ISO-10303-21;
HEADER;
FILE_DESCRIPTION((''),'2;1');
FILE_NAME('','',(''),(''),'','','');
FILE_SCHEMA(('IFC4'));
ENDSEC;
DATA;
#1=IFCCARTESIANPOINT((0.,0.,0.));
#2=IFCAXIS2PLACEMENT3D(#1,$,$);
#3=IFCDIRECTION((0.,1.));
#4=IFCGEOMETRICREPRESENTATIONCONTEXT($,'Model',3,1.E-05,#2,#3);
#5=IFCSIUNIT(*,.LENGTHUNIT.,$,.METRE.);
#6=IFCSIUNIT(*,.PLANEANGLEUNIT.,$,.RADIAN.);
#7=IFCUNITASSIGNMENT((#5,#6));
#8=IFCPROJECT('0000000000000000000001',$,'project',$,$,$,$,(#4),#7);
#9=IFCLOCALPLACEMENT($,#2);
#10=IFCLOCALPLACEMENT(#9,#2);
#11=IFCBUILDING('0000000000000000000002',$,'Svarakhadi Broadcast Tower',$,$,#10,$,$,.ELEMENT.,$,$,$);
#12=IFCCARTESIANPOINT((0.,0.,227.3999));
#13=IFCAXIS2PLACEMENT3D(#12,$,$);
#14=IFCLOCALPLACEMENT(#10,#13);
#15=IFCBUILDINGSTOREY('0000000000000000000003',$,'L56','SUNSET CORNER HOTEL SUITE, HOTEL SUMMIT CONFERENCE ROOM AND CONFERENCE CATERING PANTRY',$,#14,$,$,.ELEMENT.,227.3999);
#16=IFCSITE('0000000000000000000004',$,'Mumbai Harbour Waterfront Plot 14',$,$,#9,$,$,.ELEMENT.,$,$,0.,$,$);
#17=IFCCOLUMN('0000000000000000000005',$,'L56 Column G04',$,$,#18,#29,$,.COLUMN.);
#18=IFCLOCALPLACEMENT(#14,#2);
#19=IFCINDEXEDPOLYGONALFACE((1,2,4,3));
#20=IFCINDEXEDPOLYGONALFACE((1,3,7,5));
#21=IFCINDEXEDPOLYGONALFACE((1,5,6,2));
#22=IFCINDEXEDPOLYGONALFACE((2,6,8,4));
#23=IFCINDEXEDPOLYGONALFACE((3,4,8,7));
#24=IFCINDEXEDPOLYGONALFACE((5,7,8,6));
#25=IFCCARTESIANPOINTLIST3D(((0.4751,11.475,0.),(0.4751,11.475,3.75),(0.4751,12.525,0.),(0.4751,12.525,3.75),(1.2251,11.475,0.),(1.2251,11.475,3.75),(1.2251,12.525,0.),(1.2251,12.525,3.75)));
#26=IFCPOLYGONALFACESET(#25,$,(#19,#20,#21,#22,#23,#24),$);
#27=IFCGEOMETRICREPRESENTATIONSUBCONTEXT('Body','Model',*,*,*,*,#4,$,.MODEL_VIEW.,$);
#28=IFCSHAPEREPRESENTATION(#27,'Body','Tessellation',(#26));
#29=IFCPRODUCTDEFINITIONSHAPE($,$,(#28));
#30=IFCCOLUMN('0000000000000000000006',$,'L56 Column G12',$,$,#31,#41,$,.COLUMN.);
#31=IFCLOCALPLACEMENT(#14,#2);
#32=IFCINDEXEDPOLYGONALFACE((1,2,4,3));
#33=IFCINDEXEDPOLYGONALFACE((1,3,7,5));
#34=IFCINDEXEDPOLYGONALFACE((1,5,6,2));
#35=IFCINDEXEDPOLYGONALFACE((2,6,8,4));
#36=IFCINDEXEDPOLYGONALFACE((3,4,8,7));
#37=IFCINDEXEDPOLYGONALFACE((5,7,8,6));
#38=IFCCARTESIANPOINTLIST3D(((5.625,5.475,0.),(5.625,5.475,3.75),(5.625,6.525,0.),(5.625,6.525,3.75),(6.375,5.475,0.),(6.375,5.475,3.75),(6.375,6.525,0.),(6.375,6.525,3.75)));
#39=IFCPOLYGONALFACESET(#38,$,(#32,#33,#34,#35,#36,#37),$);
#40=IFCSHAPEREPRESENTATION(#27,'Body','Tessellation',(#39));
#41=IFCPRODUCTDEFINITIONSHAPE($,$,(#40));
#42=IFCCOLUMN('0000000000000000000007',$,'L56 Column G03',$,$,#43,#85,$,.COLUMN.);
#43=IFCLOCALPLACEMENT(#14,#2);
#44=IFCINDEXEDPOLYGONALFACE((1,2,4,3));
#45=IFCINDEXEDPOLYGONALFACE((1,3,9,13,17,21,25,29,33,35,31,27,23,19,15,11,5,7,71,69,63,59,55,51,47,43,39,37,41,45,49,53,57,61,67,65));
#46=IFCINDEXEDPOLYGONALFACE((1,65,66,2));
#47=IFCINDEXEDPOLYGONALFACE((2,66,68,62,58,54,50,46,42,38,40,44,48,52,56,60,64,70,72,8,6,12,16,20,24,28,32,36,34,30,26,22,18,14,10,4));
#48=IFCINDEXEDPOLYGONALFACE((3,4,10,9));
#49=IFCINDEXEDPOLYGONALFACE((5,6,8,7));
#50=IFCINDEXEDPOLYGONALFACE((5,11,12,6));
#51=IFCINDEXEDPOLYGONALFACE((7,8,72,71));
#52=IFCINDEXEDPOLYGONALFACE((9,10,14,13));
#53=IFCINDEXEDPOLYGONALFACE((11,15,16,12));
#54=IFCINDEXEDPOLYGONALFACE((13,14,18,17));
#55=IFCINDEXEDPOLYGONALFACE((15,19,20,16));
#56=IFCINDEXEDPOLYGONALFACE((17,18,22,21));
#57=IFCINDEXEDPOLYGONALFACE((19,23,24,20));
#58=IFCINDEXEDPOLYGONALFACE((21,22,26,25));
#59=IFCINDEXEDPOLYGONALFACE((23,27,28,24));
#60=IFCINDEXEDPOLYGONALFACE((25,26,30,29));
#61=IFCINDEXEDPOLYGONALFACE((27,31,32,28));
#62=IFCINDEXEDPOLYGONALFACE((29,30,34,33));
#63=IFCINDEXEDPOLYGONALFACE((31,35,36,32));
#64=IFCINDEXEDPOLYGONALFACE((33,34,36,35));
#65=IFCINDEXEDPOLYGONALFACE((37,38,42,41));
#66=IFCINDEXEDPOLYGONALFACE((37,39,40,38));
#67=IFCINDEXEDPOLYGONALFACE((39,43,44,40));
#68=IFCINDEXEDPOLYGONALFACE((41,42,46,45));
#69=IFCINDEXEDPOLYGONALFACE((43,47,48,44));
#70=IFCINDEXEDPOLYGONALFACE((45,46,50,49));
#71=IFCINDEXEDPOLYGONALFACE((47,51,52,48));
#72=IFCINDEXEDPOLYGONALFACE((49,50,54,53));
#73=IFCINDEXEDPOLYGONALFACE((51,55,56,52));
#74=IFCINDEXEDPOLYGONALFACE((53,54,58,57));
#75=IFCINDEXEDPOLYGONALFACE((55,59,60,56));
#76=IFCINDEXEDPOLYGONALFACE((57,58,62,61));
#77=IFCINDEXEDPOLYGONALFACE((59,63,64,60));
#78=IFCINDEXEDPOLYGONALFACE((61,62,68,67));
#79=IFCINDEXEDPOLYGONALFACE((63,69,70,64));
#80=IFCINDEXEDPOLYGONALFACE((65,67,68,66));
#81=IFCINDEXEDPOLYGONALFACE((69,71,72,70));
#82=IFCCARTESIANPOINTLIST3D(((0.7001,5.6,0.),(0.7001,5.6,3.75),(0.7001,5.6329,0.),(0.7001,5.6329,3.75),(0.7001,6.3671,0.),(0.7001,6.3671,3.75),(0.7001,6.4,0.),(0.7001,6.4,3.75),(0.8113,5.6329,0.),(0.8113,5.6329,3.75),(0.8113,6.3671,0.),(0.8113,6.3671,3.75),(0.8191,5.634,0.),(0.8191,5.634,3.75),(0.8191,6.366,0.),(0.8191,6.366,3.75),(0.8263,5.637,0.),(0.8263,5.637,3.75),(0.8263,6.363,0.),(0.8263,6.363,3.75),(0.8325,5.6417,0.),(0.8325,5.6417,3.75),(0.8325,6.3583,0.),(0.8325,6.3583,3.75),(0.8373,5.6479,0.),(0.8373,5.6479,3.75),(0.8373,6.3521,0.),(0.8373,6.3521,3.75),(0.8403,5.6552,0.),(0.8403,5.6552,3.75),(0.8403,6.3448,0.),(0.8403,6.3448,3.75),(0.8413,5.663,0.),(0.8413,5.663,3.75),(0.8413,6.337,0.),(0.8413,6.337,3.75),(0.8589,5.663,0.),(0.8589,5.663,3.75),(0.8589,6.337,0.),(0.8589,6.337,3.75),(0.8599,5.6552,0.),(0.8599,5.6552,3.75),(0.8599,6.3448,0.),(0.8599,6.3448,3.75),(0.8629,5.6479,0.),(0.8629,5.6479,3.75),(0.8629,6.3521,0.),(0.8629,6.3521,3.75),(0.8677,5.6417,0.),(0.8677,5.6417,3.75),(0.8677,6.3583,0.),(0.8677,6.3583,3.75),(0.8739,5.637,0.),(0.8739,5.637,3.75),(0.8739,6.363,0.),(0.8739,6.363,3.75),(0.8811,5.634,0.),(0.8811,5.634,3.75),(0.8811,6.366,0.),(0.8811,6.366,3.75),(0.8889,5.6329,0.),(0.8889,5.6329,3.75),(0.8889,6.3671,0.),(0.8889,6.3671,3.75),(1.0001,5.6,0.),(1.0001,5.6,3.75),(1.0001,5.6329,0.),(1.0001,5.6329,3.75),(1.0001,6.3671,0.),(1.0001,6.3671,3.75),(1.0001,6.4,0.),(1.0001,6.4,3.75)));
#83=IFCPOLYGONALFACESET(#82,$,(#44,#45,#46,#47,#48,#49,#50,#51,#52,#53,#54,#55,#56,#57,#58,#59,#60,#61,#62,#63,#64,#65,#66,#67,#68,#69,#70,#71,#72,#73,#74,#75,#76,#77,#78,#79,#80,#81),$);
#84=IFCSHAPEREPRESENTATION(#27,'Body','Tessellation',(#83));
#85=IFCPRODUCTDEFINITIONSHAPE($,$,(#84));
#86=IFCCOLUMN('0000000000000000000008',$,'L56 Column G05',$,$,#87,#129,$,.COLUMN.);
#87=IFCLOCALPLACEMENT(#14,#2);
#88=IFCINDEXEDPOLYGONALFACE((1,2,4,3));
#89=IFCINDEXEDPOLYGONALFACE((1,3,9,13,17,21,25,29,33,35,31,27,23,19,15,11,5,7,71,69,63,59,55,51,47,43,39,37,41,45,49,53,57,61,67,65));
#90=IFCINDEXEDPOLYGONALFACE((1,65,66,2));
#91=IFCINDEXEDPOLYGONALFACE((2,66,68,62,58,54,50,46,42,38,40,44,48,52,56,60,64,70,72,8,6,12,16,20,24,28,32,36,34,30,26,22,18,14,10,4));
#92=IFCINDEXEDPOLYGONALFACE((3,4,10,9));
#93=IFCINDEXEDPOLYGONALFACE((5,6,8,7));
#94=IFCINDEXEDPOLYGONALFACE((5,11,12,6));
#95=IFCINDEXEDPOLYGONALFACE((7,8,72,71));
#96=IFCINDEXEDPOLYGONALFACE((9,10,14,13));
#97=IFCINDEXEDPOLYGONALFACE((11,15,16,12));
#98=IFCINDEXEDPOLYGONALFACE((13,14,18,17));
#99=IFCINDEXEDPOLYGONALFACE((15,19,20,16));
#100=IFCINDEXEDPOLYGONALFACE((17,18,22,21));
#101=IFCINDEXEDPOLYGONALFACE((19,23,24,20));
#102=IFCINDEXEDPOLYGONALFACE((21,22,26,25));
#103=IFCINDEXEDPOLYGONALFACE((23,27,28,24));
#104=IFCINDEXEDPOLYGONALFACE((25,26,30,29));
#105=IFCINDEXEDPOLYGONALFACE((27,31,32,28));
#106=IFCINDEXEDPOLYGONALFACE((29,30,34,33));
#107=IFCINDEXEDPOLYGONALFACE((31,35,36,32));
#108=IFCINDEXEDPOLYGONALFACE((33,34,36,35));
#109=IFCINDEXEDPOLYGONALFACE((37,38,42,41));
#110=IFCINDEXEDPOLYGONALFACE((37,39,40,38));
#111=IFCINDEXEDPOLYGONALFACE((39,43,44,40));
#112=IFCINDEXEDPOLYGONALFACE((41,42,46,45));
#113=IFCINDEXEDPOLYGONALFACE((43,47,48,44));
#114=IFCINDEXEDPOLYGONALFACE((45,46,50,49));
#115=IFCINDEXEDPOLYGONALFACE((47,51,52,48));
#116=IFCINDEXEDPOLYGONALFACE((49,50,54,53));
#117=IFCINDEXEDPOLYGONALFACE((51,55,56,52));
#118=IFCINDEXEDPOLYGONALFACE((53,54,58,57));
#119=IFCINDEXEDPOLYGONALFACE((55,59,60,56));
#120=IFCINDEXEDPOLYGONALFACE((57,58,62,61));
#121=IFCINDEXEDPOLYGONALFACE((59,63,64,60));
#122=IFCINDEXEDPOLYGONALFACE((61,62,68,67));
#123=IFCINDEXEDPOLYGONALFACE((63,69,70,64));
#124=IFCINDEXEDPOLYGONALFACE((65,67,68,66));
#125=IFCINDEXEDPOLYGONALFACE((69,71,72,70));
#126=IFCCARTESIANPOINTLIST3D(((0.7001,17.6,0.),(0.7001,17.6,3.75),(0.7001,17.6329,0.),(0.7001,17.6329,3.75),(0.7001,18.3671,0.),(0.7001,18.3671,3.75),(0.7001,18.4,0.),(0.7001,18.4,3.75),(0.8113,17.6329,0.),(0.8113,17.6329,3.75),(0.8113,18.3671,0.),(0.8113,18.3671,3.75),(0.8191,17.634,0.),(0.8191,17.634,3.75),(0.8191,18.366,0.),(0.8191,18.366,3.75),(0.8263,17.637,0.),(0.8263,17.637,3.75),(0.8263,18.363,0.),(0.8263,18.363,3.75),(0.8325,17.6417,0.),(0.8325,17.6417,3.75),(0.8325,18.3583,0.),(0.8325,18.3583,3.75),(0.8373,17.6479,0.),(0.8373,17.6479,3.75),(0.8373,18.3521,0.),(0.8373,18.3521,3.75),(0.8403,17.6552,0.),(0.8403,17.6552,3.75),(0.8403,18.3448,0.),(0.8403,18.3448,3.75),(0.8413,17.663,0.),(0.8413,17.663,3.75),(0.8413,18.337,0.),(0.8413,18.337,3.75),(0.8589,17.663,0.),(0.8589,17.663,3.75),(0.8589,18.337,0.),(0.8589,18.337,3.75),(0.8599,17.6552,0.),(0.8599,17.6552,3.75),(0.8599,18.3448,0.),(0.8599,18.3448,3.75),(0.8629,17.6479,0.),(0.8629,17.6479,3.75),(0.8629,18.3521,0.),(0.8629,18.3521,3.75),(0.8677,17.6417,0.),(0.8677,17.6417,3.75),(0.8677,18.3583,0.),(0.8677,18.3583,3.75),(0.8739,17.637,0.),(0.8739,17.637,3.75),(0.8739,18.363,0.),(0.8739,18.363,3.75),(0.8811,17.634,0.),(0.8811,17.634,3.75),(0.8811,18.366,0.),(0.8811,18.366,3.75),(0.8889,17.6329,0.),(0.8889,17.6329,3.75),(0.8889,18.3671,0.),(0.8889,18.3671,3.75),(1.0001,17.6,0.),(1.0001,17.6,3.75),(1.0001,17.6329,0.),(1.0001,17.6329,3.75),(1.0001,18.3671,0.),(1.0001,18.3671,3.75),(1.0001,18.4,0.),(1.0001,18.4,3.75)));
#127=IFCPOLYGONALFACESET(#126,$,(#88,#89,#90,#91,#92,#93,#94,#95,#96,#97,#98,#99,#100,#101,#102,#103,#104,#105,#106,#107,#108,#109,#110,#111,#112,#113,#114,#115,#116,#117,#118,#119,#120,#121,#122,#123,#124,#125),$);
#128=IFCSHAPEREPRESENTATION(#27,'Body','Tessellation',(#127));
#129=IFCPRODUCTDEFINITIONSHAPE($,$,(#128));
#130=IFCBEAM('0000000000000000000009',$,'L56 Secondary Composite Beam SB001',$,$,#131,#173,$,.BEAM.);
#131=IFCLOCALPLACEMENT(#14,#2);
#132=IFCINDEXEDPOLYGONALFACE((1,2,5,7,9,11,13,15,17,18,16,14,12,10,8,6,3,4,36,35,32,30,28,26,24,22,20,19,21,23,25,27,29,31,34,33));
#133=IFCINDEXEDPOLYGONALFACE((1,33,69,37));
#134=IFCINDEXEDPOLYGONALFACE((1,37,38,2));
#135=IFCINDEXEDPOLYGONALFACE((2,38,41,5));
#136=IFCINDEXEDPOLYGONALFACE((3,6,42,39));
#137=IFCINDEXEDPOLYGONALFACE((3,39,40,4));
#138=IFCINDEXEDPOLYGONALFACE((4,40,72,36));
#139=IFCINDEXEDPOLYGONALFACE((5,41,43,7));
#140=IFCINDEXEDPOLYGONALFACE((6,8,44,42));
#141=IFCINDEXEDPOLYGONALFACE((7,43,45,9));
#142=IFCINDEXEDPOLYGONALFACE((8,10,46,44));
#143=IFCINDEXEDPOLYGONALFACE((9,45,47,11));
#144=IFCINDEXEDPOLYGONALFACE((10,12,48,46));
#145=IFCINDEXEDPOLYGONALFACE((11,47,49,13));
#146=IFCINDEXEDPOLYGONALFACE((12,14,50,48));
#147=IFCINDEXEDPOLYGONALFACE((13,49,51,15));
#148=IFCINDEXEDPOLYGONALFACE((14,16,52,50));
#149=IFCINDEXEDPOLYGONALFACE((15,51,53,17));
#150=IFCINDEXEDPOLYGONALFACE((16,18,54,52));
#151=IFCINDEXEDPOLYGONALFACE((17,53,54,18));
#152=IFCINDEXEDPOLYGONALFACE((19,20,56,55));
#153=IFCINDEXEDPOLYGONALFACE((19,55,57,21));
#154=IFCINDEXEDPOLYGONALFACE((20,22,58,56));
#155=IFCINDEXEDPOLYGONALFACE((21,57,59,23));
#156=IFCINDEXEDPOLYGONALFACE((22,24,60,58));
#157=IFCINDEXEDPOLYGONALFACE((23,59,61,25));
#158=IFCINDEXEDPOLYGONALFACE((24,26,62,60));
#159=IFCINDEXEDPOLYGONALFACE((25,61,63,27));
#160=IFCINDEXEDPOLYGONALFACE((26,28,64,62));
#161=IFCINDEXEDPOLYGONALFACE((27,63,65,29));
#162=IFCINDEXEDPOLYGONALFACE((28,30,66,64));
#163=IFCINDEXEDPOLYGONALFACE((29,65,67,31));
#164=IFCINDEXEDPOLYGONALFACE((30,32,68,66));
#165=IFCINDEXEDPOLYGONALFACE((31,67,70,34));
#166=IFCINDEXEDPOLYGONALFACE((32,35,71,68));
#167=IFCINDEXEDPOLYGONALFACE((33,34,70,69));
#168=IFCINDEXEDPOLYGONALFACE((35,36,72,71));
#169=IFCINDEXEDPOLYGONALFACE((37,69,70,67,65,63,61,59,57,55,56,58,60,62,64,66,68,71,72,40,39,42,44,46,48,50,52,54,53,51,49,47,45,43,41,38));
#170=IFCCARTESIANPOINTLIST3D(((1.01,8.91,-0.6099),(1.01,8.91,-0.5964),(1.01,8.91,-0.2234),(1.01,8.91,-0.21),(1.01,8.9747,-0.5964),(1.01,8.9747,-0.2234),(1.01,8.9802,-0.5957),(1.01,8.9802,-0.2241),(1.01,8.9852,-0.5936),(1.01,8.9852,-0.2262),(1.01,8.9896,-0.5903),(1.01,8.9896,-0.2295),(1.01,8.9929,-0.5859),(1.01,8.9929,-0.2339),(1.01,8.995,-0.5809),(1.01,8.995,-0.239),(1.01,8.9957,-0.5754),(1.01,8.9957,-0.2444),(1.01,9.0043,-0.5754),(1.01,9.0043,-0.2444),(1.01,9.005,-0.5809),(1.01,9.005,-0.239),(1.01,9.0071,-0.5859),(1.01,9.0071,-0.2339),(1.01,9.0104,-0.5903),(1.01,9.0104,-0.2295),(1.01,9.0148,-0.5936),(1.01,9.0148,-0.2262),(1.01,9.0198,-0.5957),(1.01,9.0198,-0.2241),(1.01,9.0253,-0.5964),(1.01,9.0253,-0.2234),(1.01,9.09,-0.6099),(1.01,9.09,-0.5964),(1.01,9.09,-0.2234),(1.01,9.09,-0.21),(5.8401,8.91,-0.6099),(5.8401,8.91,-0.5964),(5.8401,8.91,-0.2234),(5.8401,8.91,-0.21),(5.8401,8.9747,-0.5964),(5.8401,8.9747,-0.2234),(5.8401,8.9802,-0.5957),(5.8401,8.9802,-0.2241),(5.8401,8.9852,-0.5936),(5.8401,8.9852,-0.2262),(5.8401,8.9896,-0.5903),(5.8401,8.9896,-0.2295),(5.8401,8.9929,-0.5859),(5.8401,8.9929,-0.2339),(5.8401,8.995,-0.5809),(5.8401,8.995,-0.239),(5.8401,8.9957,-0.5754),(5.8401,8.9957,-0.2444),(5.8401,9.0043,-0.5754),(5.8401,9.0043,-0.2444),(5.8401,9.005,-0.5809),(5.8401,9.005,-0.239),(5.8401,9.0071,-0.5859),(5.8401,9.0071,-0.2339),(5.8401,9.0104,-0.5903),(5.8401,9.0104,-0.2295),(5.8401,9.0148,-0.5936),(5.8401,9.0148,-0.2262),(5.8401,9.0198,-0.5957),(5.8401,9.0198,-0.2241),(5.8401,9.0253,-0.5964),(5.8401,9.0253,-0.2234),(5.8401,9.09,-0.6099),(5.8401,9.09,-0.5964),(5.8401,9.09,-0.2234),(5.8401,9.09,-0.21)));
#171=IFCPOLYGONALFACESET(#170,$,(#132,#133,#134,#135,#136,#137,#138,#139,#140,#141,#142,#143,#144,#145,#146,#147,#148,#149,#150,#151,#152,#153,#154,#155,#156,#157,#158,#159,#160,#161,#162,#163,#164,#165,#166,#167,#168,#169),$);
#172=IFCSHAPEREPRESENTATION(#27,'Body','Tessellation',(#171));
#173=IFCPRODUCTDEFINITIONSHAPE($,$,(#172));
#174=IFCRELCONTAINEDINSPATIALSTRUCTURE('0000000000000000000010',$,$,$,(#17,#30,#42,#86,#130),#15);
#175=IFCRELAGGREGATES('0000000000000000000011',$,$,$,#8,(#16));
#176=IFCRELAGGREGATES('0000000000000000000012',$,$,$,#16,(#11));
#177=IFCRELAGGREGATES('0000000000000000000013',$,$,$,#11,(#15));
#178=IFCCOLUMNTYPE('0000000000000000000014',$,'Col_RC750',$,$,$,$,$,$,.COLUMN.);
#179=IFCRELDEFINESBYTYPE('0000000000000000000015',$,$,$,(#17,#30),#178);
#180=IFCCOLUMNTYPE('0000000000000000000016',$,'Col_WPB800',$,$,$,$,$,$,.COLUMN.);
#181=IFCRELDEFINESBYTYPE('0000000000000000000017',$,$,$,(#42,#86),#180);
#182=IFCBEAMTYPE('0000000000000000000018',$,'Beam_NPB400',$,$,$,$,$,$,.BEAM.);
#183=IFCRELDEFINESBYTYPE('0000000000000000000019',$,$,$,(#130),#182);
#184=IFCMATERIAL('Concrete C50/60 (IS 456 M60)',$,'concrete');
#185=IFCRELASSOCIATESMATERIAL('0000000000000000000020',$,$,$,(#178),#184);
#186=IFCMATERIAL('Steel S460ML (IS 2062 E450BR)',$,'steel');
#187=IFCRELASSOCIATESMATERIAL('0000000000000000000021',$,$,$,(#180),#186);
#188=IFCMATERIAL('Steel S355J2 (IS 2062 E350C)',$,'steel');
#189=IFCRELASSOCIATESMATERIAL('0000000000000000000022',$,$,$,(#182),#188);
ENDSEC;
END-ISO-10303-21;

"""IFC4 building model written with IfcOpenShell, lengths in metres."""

from ifc_helpers import new_model, si_unit, direction, frame, origin, origin_2d, place, context, subcontext, project, spatial, rectangle, i_section, extrude, material, material_profile, profile_set, type_object, element, save


model = new_model("IFC4")

# Units and contexts
model_context = context("Model", 3, precision=1e-05, world=origin(), true_north=direction((0.0, 1.0)))
body_context = subcontext(model_context, "Body", "Model", "MODEL_VIEW")
ifc_project = project(units=[si_unit("LENGTHUNIT", "METRE"), si_unit("PLANEANGLEUNIT", "RADIAN")], contexts=[model_context])

# Site, building, storey
site_placement = place(None, origin())
site = spatial("IfcSite", under=ifc_project, at=site_placement, Name="Mumbai Harbour Waterfront Plot 14", CompositionType="ELEMENT", RefElevation=0.0)
building_placement = place(site_placement, origin())
building = spatial("IfcBuilding", under=site, at=building_placement, Name="Svarakhadi Broadcast Tower", CompositionType="ELEMENT")
storey_placement = place(building_placement, frame((0.0, 0.0, 227.3999)))
storey = spatial("IfcBuildingStorey", under=building, at=storey_placement, Name="L56", Description="SUNSET CORNER HOTEL SUITE, HOTEL SUMMIT CONFERENCE ROOM AND CONFERENCE CATERING PANTRY", CompositionType="ELEMENT", Elevation=227.3999)

# Columns
ifc_material_1 = material(Name="Concrete C50/60 (IS 456 M60)", Category="concrete")
ifc_material_profile_1 = material_profile(ifc_material_1, rectangle(XDim=0.75, YDim=1.05, at=origin_2d()), Name="RC 750x1050")
ifc_profile_set_1 = profile_set([ifc_material_profile_1], Name="Concrete C50/60 (IS 456 M60)")
column_type_1 = type_object("IfcColumnType", Name="Col_RC750", PredefinedType="COLUMN", material=ifc_profile_set_1)
for number, where, z_axis, x_axis, name in (
    (1, (0.8501, 12.0, 0.0), (0.0, 0.0, 1.0), (1.0, 0.0, 0.0), "L56 Column G04"),
    (2, (6.0, 6.0, 0.0), (0.0, 0.0, 1.0), (1.0, 0.0, 0.0), "L56 Column G12"),
):
    element("IfcColumn", number, at=place(storey_placement, frame(where, z_axis=z_axis, x_axis=x_axis)), inside=storey, type_object=column_type_1, Name=name, PredefinedType="COLUMN", context=body_context, shape_type="SweptSolid", body=[
        extrude(rectangle(XDim=0.75, YDim=1.05, at=origin_2d()), origin(), (0.0, 0.0, 1.0), 3.75),
    ])
ifc_material_2 = material(Name="Steel S460ML (IS 2062 E450BR)", Category="steel")
ifc_material_profile_2 = material_profile(ifc_material_2, i_section(OverallWidth=0.3, OverallDepth=0.8, WebThickness=0.0176, FlangeThickness=0.033, FilletRadius=0.03, at=origin_2d()), Name="WPB 800x300x262")
ifc_profile_set_2 = profile_set([ifc_material_profile_2], Name="Steel S460ML (IS 2062 E450BR)")
column_type_2 = type_object("IfcColumnType", Name="Col_WPB800", PredefinedType="COLUMN", material=ifc_profile_set_2)
for number, where, z_axis, x_axis, name in (
    (3, (0.8501, 6.0, 0.0), (0.0, 0.0, 1.0), (1.0, 0.0, 0.0), "L56 Column G03"),
    (4, (0.8501, 18.0, 0.0), (0.0, 0.0, 1.0), (1.0, 0.0, 0.0), "L56 Column G05"),
):
    element("IfcColumn", number, at=place(storey_placement, frame(where, z_axis=z_axis, x_axis=x_axis)), inside=storey, type_object=column_type_2, Name=name, PredefinedType="COLUMN", context=body_context, shape_type="SweptSolid", body=[
        extrude(i_section(OverallWidth=0.3, OverallDepth=0.8, WebThickness=0.0176, FlangeThickness=0.033, FilletRadius=0.03, at=origin_2d()), origin(), (0.0, 0.0, 1.0), 3.75),
    ])

# Beam
ifc_material_3 = material(Name="Steel S355J2 (IS 2062 E350C)", Category="steel")
ifc_material_profile_3 = material_profile(ifc_material_3, i_section(OverallWidth=0.1799, OverallDepth=0.3999, WebThickness=0.0085, FlangeThickness=0.0134, FilletRadius=0.021, at=origin_2d()), Name="NPB 400x180x66")
ifc_profile_set_3 = profile_set([ifc_material_profile_3], Name="Steel S355J2 (IS 2062 E350C)")
beam_type_1 = type_object("IfcBeamType", Name="Beam_NPB400", PredefinedType="BEAM", material=ifc_profile_set_3)
for number, where, z_axis, x_axis, name in (
    (5, (1.01, 9.0, -0.4099), (1.0, 0.0, 0.0), (0.0, 1.0, 0.0), "L56 Secondary Composite Beam SB001"),
):
    element("IfcBeam", number, at=place(storey_placement, frame(where, z_axis=z_axis, x_axis=x_axis)), inside=storey, type_object=beam_type_1, Name=name, PredefinedType="BEAM", context=body_context, shape_type="SweptSolid", body=[
        extrude(i_section(OverallWidth=0.1799, OverallDepth=0.3999, WebThickness=0.0085, FlangeThickness=0.0134, FilletRadius=0.021, at=origin_2d()), origin(), (0.0, 0.0, 1.0), 4.8301),
    ])

save(model, "model.ifc")
